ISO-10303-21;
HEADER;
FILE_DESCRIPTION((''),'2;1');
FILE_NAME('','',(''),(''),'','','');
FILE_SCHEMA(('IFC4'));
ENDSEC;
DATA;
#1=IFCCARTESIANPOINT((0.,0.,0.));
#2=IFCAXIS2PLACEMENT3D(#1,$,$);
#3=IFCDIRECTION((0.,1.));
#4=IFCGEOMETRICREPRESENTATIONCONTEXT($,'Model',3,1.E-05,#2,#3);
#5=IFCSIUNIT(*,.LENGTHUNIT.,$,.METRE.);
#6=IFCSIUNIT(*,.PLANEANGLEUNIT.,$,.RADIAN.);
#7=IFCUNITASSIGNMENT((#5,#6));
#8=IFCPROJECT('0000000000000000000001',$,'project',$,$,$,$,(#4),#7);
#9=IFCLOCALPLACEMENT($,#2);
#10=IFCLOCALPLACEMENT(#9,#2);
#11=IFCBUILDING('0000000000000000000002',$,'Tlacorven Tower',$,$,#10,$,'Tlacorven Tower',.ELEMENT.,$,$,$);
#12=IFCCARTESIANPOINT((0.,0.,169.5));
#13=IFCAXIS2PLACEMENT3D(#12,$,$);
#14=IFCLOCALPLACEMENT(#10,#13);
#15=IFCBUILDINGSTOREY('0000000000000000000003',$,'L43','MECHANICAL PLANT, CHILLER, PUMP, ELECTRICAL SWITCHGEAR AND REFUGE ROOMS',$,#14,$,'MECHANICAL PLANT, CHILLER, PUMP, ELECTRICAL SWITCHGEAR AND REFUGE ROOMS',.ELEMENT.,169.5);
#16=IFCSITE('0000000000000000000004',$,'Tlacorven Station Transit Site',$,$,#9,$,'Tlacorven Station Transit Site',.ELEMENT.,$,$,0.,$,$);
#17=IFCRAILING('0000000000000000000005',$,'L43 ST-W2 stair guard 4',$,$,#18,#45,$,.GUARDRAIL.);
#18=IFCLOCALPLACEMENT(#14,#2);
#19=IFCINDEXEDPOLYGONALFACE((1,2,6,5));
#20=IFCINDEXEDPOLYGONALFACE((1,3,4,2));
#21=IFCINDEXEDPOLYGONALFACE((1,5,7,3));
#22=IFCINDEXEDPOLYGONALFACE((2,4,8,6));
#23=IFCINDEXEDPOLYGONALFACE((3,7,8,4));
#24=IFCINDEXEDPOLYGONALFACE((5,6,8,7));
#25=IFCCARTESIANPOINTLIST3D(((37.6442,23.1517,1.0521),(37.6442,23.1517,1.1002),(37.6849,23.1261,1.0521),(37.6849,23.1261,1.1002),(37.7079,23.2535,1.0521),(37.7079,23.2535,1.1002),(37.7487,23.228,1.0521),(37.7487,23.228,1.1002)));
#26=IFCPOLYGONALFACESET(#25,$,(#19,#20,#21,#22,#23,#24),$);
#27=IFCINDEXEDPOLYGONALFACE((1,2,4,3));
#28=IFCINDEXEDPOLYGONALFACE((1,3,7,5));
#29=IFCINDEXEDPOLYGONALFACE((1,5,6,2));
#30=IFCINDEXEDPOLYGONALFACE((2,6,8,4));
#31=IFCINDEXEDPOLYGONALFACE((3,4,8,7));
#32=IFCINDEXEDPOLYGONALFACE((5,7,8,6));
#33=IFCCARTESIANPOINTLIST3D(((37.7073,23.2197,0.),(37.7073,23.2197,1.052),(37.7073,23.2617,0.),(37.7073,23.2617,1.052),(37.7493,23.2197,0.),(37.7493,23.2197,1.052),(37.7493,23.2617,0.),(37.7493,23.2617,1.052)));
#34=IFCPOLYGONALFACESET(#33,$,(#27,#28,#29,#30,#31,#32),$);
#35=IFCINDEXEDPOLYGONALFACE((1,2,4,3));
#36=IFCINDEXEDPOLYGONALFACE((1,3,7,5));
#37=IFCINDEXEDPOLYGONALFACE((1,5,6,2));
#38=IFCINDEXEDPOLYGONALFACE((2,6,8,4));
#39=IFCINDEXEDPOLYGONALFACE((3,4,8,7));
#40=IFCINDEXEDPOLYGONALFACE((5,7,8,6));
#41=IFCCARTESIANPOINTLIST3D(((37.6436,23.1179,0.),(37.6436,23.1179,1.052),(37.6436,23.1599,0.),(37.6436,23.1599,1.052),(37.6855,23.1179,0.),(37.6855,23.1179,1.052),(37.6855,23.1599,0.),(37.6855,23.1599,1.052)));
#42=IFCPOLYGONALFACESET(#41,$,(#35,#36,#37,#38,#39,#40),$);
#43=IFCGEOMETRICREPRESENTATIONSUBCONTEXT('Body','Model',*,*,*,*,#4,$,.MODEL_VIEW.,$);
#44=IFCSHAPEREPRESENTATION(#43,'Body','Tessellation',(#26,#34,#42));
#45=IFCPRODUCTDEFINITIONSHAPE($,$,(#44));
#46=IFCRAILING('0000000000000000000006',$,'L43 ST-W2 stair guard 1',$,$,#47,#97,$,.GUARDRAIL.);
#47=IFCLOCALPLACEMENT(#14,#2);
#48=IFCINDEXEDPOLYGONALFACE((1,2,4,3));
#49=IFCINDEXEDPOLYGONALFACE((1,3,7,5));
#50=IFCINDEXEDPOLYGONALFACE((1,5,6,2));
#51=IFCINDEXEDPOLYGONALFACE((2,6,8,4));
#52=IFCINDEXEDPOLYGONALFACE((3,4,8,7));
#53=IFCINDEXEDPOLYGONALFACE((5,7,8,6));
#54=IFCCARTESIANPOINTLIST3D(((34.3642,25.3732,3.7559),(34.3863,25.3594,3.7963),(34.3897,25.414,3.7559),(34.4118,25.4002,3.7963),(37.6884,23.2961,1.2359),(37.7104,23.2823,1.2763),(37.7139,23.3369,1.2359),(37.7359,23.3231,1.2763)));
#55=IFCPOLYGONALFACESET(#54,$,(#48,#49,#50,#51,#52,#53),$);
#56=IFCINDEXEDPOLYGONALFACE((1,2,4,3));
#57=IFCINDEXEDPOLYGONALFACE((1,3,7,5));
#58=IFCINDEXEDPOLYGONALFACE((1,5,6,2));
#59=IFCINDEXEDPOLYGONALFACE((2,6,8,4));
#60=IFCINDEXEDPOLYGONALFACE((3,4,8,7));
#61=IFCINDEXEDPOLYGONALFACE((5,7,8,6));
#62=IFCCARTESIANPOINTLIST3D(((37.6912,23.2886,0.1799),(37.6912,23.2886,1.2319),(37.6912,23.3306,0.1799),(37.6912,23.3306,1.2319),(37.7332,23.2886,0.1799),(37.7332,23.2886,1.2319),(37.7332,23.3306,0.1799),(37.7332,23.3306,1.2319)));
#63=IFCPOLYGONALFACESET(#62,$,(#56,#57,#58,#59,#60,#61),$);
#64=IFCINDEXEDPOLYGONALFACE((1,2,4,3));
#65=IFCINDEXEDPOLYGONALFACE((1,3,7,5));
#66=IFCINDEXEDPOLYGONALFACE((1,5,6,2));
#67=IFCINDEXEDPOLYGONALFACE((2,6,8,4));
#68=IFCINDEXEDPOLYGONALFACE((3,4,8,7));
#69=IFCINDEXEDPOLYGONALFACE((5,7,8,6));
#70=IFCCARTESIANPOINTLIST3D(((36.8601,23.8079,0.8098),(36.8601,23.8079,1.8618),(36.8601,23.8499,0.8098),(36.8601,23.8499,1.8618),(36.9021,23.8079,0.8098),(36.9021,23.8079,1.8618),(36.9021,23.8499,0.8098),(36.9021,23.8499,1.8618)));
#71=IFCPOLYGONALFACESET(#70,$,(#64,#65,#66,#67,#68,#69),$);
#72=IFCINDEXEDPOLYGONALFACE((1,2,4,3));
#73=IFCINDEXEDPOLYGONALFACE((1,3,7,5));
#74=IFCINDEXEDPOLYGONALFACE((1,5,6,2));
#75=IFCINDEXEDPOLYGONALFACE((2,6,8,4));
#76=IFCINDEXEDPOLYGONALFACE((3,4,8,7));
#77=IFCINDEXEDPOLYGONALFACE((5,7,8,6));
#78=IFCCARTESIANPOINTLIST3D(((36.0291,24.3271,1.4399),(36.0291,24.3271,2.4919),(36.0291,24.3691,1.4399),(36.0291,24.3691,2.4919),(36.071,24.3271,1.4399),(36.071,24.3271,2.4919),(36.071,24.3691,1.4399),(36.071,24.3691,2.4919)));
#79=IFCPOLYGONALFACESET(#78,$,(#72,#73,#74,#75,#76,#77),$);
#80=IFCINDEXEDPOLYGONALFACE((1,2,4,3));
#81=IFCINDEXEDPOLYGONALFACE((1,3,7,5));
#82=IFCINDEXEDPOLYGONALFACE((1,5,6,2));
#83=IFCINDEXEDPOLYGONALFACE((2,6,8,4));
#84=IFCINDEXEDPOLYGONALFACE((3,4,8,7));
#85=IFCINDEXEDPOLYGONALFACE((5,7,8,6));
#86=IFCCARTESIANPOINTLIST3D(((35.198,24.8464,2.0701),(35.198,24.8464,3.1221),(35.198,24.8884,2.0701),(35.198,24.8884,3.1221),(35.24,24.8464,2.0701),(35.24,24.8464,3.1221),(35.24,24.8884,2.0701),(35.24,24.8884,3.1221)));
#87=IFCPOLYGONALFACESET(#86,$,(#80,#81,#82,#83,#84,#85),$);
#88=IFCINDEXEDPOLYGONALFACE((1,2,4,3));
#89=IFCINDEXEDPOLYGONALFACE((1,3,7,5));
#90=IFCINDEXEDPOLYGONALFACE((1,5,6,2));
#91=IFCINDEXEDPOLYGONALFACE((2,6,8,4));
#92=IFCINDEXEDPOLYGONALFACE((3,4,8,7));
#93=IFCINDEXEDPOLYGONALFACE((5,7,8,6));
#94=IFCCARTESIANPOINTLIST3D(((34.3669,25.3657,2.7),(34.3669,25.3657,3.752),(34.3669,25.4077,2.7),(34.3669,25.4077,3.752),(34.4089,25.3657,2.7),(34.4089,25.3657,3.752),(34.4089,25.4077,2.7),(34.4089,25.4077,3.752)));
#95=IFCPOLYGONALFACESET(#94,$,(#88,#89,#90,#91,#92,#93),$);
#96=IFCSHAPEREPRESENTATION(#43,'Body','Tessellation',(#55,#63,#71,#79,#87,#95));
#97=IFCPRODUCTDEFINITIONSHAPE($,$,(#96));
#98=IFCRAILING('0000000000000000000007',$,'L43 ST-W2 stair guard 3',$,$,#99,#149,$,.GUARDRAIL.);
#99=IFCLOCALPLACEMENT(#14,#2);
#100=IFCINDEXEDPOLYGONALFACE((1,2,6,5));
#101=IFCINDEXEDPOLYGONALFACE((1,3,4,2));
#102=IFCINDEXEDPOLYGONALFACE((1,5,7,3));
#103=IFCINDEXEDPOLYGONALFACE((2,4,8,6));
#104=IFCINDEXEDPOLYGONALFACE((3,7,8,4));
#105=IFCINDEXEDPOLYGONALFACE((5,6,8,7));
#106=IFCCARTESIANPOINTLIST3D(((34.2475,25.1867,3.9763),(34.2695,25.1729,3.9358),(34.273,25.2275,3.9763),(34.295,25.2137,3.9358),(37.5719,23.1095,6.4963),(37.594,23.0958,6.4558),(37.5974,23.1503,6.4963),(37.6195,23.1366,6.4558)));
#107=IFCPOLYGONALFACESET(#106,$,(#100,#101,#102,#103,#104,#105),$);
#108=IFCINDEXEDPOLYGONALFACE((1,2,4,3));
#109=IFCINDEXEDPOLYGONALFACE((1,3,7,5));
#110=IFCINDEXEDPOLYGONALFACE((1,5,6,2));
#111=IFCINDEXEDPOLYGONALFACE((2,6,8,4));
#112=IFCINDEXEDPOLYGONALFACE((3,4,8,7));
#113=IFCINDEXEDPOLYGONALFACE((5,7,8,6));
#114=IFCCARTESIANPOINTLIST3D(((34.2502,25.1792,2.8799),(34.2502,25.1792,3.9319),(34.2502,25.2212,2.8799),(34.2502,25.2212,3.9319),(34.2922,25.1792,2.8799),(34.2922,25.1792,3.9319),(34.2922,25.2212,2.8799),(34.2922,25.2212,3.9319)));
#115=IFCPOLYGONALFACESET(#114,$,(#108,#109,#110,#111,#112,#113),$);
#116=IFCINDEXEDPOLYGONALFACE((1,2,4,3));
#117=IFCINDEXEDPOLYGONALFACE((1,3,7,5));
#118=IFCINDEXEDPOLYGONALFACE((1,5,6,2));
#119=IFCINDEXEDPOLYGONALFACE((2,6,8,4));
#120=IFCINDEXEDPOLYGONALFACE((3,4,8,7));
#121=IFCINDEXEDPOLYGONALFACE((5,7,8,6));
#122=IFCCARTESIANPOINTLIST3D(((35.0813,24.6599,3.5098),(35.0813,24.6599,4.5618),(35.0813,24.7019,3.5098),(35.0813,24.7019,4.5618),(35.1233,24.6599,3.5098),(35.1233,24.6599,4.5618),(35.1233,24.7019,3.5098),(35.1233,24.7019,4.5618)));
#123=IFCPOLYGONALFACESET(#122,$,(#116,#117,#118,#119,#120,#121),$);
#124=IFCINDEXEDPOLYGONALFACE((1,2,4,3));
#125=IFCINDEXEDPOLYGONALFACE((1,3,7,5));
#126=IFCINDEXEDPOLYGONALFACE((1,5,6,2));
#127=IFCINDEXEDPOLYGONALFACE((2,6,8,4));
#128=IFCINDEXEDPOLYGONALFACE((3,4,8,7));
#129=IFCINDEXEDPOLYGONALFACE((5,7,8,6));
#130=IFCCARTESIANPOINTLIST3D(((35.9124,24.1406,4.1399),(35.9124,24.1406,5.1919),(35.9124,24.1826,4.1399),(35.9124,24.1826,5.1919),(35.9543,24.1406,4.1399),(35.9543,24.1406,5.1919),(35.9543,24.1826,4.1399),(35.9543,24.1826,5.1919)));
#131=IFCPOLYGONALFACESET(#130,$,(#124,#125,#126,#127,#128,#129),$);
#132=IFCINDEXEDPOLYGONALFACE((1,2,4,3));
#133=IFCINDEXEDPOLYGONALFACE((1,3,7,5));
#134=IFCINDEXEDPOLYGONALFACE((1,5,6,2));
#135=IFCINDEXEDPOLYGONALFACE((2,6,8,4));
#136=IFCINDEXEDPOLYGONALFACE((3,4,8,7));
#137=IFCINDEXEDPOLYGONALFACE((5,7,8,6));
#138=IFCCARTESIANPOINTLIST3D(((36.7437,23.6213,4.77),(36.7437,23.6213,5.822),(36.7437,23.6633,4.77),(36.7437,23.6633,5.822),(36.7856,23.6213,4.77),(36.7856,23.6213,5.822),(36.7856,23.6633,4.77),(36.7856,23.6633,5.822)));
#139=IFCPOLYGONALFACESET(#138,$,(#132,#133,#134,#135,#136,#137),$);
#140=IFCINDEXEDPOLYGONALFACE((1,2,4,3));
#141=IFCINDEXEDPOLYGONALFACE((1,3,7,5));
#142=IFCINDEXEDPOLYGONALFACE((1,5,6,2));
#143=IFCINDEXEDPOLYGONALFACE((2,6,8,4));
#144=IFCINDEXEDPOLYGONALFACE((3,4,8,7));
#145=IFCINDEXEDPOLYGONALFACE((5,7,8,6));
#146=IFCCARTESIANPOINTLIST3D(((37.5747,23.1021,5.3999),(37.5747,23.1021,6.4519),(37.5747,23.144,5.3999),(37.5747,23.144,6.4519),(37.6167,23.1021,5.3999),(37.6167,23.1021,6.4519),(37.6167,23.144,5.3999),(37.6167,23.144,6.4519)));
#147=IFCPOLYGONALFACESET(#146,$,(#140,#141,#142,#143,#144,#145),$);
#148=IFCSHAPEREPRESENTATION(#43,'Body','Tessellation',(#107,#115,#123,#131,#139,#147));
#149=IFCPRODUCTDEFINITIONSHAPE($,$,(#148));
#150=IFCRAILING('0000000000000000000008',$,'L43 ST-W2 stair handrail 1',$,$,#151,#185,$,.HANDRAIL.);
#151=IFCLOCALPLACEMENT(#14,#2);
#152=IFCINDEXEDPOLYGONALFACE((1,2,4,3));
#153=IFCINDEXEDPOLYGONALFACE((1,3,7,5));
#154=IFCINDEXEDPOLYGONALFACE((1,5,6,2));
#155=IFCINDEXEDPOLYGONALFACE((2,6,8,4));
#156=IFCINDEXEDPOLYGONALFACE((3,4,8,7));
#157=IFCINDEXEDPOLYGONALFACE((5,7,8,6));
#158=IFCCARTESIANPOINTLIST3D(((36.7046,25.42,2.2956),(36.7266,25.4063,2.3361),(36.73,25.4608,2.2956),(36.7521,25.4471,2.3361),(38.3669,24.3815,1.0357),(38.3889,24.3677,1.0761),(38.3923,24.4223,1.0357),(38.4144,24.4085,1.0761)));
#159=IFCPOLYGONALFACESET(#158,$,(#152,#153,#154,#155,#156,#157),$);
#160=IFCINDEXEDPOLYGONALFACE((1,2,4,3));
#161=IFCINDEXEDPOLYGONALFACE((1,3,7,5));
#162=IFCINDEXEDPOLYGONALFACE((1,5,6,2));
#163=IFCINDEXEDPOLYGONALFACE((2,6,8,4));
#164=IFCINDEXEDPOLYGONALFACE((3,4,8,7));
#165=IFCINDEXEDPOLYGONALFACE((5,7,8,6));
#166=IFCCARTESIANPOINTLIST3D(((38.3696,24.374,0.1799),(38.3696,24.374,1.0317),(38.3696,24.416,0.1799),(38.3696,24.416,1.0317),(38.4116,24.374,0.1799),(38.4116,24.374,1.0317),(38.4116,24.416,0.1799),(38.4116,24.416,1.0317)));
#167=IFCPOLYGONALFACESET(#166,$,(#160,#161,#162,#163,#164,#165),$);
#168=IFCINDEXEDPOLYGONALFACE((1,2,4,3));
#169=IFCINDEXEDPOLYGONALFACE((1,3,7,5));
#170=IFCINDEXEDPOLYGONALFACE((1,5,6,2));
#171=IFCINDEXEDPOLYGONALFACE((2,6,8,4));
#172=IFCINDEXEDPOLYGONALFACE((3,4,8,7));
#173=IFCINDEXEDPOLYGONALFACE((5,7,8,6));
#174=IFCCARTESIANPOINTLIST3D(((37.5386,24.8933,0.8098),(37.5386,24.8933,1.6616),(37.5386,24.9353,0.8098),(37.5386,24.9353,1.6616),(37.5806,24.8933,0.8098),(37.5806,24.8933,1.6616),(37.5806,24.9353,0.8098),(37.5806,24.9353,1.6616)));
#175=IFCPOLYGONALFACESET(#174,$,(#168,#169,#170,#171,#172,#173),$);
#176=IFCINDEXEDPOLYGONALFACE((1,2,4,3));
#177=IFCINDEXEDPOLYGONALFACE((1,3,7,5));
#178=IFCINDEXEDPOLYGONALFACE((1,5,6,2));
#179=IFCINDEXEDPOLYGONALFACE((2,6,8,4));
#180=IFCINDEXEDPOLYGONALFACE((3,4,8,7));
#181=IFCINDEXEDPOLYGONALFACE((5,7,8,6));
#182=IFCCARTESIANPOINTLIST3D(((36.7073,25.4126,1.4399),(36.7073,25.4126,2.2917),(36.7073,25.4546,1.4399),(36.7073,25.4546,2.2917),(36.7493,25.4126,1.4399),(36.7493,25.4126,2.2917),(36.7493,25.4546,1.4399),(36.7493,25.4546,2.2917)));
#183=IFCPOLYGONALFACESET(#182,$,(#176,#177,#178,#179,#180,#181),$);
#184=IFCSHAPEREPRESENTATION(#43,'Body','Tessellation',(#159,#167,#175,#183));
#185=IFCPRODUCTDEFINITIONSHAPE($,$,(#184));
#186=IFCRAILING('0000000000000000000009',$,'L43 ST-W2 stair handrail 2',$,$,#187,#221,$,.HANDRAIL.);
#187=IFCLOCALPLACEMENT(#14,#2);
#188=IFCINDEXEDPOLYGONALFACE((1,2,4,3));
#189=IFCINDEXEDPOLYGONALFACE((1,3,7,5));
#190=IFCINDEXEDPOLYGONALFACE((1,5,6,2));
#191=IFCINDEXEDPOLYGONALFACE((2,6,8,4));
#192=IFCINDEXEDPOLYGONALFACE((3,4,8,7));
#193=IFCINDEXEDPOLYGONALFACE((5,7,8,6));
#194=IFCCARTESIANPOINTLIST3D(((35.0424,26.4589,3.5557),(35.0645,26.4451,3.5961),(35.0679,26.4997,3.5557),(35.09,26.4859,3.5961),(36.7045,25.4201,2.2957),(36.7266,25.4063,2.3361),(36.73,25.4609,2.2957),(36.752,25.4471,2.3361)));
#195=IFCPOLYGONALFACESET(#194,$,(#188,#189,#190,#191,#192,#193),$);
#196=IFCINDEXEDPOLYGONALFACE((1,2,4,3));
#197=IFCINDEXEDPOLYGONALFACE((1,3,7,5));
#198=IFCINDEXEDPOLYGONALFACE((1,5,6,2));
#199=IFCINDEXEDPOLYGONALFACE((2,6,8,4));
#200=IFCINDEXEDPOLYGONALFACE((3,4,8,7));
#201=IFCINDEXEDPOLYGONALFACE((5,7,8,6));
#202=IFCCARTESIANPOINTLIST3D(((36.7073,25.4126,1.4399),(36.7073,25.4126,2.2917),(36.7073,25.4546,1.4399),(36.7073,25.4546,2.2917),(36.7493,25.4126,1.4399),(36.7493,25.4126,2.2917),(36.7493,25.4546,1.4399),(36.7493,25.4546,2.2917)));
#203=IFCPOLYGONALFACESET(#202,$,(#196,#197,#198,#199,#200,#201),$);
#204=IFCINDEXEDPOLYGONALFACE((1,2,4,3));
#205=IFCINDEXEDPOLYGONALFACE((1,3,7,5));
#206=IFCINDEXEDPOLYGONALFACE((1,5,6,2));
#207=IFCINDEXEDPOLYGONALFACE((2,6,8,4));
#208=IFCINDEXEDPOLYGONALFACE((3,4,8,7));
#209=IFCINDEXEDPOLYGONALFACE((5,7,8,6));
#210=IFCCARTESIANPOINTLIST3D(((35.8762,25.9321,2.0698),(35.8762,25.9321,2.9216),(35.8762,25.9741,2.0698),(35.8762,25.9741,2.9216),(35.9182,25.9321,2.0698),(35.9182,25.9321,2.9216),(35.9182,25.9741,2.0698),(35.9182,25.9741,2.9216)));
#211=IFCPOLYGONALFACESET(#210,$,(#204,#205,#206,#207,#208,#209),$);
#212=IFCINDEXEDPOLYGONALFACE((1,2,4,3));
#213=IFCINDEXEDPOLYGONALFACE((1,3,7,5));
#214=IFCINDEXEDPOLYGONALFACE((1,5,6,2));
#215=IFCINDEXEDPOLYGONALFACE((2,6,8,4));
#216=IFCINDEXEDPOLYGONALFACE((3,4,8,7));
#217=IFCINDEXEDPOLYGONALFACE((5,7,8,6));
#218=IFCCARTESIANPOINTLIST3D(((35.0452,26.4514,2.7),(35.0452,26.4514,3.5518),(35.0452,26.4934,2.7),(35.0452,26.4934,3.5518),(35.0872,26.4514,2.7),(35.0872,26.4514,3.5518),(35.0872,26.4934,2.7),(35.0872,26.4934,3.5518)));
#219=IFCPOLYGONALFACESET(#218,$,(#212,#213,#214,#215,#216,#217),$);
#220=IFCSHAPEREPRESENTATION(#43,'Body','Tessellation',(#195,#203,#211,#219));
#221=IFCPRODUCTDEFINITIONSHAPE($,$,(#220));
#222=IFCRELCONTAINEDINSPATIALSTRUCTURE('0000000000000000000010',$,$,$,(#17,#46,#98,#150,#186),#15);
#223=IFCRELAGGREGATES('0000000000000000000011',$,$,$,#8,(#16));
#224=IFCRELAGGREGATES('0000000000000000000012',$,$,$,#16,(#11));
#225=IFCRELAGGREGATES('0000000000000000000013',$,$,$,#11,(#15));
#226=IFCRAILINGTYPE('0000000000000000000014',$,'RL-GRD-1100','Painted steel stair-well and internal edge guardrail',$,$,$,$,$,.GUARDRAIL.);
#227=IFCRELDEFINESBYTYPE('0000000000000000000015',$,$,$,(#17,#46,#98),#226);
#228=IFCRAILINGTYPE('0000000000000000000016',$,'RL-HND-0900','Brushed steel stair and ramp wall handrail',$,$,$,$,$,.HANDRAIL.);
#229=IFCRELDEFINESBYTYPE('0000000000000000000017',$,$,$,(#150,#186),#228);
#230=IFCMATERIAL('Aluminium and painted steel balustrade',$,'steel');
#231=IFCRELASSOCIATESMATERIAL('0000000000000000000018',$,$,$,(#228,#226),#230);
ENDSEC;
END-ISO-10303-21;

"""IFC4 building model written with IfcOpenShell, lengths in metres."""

from ifc_helpers import new_model, si_unit, direction, frame, origin, origin_2d, place, context, subcontext, project, spatial, rectangle, extrude, source, transform, mapped, material, type_object, element, save


model = new_model("IFC4")

# Units and contexts
model_context = context("Model", 3, precision=1e-05, world=origin(), true_north=direction((0.0, 1.0)))
body_context = subcontext(model_context, "Body", "Model", "MODEL_VIEW")
ifc_project = project(units=[si_unit("LENGTHUNIT", "METRE"), si_unit("PLANEANGLEUNIT", "RADIAN")], contexts=[model_context])

# Site, building, storey
site_placement = place(None, origin())
site = spatial("IfcSite", under=ifc_project, at=site_placement, Name="Tlacorven Station Transit Site", LongName="Tlacorven Station Transit Site", CompositionType="ELEMENT", RefElevation=0.0)
building_placement = place(site_placement, origin())
building = spatial("IfcBuilding", under=site, at=building_placement, Name="Tlacorven Tower", LongName="Tlacorven Tower", CompositionType="ELEMENT")
storey_placement = place(building_placement, frame((0.0, 0.0, 169.5)))
storey = spatial("IfcBuildingStorey", under=building, at=storey_placement, Name="L43", Description="MECHANICAL PLANT, CHILLER, PUMP, ELECTRICAL SWITCHGEAR AND REFUGE ROOMS", LongName="MECHANICAL PLANT, CHILLER, PUMP, ELECTRICAL SWITCHGEAR AND REFUGE ROOMS", CompositionType="ELEMENT", Elevation=169.5)

# Railings
ifc_material_1 = material(Name="Aluminium and painted steel balustrade", Category="steel")
railing_type_1 = type_object("IfcRailingType", Name="RL-HND-0900", Description="Brushed steel stair and ramp wall handrail", PredefinedType="HANDRAIL", material=ifc_material_1)
railing_type_2 = type_object("IfcRailingType", Name="RL-GRD-1100", Description="Painted steel stair-well and internal edge guardrail", PredefinedType="GUARDRAIL", material=ifc_material_1)
shared_shape_1 = source(origin(), body_context, "Body", "SweptSolid", [
    extrude(rectangle(XDim=0.0481, YDim=0.0481, at=origin_2d()), frame((0.0, 0.0, 1.0762), z_axis=(-0.530547, -0.847656, 0.0), x_axis=(0.847656, -0.530547, 0.0)), (0.0, 0.0, 1.0), 0.1201),
    extrude(rectangle(XDim=0.042, YDim=0.042, at=origin_2d()), origin(), (0.0, 0.0, 1.0), 1.052),
    extrude(rectangle(XDim=0.042, YDim=0.042, at=origin_2d()), frame((-0.0637, -0.1018, 0.0)), (0.0, 0.0, 1.0), 1.052),
])
for number, where, name in (
    (1, (37.7283, 23.2407, 0.0), "L43 ST-W2 stair guard 4"),
):
    element("IfcRailing", number, at=place(storey_placement, frame(where)), inside=storey, type_object=railing_type_2, Name=name, PredefinedType="GUARDRAIL", context=body_context, shape_type="MappedRepresentation", body=[
        mapped(shared_shape_1, transform((0.0, 0.0, 0.0), scale=1.0)),
    ])
shared_shape_2 = source(origin(), body_context, "Body", "SweptSolid", [
    extrude(rectangle(XDim=0.0481, YDim=0.0481, at=origin_2d()), frame((0.0, 0.0, 1.0762), z_axis=(-0.713354, 0.445741, 0.540778), x_axis=(-0.529909, -0.848054, 0.0)), (0.0, 0.0, 1.0), 4.6599),
    extrude(rectangle(XDim=0.042, YDim=0.042, at=origin_2d()), origin(), (0.0, 0.0, 1.0), 1.052),
    extrude(rectangle(XDim=0.042, YDim=0.042, at=origin_2d()), frame((-0.8311, 0.5193, 0.6299)), (0.0, 0.0, 1.0), 1.052),
    extrude(rectangle(XDim=0.042, YDim=0.042, at=origin_2d()), frame((-1.6621, 1.0386, 1.26)), (0.0, 0.0, 1.0), 1.052),
    extrude(rectangle(XDim=0.042, YDim=0.042, at=origin_2d()), frame((-2.4932, 1.5579, 1.8901)), (0.0, 0.0, 1.0), 1.052),
    extrude(rectangle(XDim=0.042, YDim=0.042, at=origin_2d()), frame((-3.3242, 2.0771, 2.52)), (0.0, 0.0, 1.0), 1.052),
])
railing_1_placement = place(storey_placement, frame((37.7122, 23.3096, 0.1799)))
element("IfcRailing", 2, at=railing_1_placement, inside=storey, type_object=railing_type_2, Name="L43 ST-W2 stair guard 1", PredefinedType="GUARDRAIL", context=body_context, shape_type="MappedRepresentation", body=[
    mapped(shared_shape_2, transform((0.0, 0.0, 0.0), scale=1.0)),
])
shared_shape_3 = source(origin(), body_context, "Body", "SweptSolid", [
    extrude(rectangle(XDim=0.0481, YDim=0.0481, at=origin_2d()), frame((0.0, 0.0, 1.0762), z_axis=(0.713379, -0.445725, 0.540758), x_axis=(0.529881, 0.848072, 0.0)), (0.0, 0.0, 1.0), 4.6602),
    extrude(rectangle(XDim=0.042, YDim=0.042, at=origin_2d()), origin(), (0.0, 0.0, 1.0), 1.052),
    extrude(rectangle(XDim=0.042, YDim=0.042, at=origin_2d()), frame((0.8311, -0.5193, 0.6299)), (0.0, 0.0, 1.0), 1.052),
    extrude(rectangle(XDim=0.042, YDim=0.042, at=origin_2d()), frame((1.6621, -1.0386, 1.26)), (0.0, 0.0, 1.0), 1.052),
    extrude(rectangle(XDim=0.042, YDim=0.042, at=origin_2d()), frame((2.4934, -1.5579, 1.8901)), (0.0, 0.0, 1.0), 1.052),
    extrude(rectangle(XDim=0.042, YDim=0.042, at=origin_2d()), frame((3.3245, -2.0771, 2.52)), (0.0, 0.0, 1.0), 1.052),
])
railing_2_placement = place(storey_placement, frame((34.2712, 25.2002, 2.8799)))
element("IfcRailing", 3, at=railing_2_placement, inside=storey, type_object=railing_type_2, Name="L43 ST-W2 stair guard 3", PredefinedType="GUARDRAIL", context=body_context, shape_type="MappedRepresentation", body=[
    mapped(shared_shape_3, transform((0.0, 0.0, 0.0), scale=1.0)),
])
shared_shape_4 = source(origin(), body_context, "Body", "SweptSolid", [
    extrude(rectangle(XDim=0.0481, YDim=0.0481, at=origin_2d()), frame((0.0, 0.0, 0.876), z_axis=(-0.713405, 0.445708, 0.540738), x_axis=(-0.529853, -0.848089, 0.0)), (0.0, 0.0, 1.0), 2.3301),
    extrude(rectangle(XDim=0.042, YDim=0.042, at=origin_2d()), origin(), (0.0, 0.0, 1.0), 0.8518),
    extrude(rectangle(XDim=0.042, YDim=0.042, at=origin_2d()), frame((-0.8311, 0.5193, 0.6299)), (0.0, 0.0, 1.0), 0.8518),
    extrude(rectangle(XDim=0.042, YDim=0.042, at=origin_2d()), frame((-1.6624, 1.0386, 1.26)), (0.0, 0.0, 1.0), 0.8518),
])
railing_3_placement = place(storey_placement, frame((38.3906, 24.395, 0.1799)))
element("IfcRailing", 4, at=railing_3_placement, inside=storey, type_object=railing_type_1, Name="L43 ST-W2 stair handrail 1", PredefinedType="HANDRAIL", context=body_context, shape_type="MappedRepresentation", body=[
    mapped(shared_shape_4, transform((0.0, 0.0, 0.0), scale=1.0)),
])
shared_shape_5 = source(origin(), body_context, "Body", "SweptSolid", [
    extrude(rectangle(XDim=0.0481, YDim=0.0481, at=origin_2d()), frame((0.0, 0.0, 0.876), z_axis=(-0.71332, 0.445825, 0.540753), x_axis=(-0.529999, -0.847998, 0.0)), (0.0, 0.0, 1.0), 2.3301),
    extrude(rectangle(XDim=0.042, YDim=0.042, at=origin_2d()), origin(), (0.0, 0.0, 1.0), 0.8518),
    extrude(rectangle(XDim=0.042, YDim=0.042, at=origin_2d()), frame((-0.8311, 0.5195, 0.6299)), (0.0, 0.0, 1.0), 0.8518),
    extrude(rectangle(XDim=0.042, YDim=0.042, at=origin_2d()), frame((-1.6621, 1.0388, 1.26)), (0.0, 0.0, 1.0), 0.8518),
])
railing_4_placement = place(storey_placement, frame((36.7283, 25.4336, 1.4399)))
element("IfcRailing", 5, at=railing_4_placement, inside=storey, type_object=railing_type_1, Name="L43 ST-W2 stair handrail 2", PredefinedType="HANDRAIL", context=body_context, shape_type="MappedRepresentation", body=[
    mapped(shared_shape_5, transform((0.0, 0.0, 0.0), scale=1.0)),
])

save(model, "model.ifc")
